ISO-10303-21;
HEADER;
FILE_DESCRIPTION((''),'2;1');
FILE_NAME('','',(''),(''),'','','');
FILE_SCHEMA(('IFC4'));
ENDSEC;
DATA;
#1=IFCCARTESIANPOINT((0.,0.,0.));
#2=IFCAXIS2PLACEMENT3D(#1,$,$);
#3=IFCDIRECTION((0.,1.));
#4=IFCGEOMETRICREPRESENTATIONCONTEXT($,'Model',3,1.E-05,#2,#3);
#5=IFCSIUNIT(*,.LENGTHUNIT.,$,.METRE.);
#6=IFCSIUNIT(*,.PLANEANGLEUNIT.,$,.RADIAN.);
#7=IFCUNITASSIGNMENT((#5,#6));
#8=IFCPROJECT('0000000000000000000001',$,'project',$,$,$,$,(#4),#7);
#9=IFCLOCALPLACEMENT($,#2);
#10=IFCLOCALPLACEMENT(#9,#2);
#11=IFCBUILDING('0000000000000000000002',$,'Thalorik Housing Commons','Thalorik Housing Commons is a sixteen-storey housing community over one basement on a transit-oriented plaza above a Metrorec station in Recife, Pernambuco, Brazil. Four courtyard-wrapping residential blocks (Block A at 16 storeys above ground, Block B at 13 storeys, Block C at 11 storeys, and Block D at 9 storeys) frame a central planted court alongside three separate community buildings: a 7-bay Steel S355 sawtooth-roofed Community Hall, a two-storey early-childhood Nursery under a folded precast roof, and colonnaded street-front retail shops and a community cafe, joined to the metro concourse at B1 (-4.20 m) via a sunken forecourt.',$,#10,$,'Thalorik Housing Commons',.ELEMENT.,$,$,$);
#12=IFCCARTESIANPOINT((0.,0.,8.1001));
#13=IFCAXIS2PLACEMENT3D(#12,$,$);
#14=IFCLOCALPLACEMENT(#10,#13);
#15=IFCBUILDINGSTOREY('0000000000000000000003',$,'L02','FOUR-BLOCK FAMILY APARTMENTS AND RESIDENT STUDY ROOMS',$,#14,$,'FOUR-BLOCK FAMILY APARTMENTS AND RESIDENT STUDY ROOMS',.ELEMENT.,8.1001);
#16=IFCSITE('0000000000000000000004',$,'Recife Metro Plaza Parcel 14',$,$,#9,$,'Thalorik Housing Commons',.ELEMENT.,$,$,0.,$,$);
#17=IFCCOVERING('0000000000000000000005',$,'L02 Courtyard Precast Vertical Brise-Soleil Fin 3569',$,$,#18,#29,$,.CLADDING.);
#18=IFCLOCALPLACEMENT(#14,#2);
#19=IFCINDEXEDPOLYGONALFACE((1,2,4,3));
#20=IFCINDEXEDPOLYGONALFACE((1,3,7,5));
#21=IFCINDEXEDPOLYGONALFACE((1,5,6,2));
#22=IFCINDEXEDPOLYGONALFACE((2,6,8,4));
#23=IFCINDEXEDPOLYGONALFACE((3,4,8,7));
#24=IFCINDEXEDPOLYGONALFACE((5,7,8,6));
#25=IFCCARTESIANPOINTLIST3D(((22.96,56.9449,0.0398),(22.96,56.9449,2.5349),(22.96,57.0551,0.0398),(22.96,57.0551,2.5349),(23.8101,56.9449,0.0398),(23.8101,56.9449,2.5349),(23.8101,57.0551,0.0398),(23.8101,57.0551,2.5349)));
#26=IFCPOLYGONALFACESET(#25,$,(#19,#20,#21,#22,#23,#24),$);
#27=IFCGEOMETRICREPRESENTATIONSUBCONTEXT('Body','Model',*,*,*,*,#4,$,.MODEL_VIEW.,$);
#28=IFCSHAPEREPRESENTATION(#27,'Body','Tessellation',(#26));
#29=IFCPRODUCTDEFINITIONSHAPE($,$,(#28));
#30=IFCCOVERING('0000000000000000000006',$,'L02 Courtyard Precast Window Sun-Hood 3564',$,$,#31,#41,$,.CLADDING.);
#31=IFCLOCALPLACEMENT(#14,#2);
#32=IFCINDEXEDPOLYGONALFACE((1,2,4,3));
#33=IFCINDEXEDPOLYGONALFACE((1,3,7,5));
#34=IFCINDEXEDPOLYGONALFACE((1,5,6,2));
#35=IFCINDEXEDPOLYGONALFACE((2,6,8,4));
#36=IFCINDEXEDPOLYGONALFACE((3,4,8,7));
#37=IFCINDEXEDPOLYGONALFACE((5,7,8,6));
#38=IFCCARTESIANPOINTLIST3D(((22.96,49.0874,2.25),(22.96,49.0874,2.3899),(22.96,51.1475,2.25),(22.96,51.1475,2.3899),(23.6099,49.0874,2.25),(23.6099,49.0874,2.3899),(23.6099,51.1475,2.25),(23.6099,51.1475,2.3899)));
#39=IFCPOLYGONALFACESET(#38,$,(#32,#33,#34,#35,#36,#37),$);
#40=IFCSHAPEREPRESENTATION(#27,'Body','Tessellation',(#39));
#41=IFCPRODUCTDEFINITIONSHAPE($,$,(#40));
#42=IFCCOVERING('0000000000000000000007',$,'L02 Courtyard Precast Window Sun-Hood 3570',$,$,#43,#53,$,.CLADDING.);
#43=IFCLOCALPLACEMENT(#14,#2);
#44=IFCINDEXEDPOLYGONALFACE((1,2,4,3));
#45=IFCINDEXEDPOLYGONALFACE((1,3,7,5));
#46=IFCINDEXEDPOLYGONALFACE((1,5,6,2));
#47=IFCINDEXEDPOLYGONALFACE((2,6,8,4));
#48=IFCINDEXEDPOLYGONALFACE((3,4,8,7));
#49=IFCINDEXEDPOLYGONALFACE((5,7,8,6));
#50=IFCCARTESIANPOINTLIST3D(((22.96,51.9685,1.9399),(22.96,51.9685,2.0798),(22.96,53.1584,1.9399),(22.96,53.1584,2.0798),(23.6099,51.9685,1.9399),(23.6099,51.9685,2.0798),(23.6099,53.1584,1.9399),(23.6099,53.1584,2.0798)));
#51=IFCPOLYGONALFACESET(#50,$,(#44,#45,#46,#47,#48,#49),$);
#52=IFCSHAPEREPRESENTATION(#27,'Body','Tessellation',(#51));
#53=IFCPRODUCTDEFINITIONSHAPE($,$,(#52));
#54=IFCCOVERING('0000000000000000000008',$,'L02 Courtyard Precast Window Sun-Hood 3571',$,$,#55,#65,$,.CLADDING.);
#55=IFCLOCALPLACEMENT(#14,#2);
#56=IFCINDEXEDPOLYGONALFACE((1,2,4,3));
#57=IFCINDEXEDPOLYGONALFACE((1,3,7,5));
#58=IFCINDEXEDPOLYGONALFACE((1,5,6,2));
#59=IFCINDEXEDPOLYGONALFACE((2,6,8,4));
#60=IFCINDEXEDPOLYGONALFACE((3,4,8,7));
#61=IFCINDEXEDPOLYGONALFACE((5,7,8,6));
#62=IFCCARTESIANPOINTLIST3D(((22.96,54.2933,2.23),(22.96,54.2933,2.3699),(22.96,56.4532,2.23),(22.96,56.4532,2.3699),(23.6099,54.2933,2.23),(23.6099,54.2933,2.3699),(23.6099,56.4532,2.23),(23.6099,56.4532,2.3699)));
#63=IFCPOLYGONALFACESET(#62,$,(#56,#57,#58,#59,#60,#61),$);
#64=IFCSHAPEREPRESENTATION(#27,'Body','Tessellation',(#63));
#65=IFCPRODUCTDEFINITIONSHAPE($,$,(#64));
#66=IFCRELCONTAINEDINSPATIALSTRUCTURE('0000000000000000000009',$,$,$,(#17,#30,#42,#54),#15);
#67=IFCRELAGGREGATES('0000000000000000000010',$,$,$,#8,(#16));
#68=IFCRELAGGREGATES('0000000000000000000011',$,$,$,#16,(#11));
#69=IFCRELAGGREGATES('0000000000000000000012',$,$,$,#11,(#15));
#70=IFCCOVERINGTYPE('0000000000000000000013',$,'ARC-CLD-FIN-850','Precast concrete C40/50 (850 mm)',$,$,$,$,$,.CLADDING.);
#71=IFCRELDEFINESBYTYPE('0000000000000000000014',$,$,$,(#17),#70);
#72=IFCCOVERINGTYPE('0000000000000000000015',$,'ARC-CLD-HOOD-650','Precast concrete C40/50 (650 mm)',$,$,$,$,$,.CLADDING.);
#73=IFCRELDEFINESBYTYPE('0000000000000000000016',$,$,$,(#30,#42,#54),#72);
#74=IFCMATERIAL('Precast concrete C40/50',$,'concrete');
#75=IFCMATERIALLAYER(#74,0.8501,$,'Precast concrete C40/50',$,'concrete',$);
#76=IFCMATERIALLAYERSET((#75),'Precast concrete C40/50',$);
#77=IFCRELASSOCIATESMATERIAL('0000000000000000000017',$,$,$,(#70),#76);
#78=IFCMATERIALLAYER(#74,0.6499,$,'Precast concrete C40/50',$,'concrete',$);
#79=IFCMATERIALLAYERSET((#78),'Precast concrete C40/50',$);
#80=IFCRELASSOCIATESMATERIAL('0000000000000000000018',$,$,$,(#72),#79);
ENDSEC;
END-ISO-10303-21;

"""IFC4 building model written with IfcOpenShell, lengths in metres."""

from ifc_helpers import new_model, si_unit, direction, frame, origin, origin_2d, place, context, subcontext, project, spatial, rectangle, extrude, material, layer, layer_set, type_object, element, save


model = new_model("IFC4")

# Units and contexts
model_context = context("Model", 3, precision=1e-05, world=origin(), true_north=direction((0.0, 1.0)))
body_context = subcontext(model_context, "Body", "Model", "MODEL_VIEW")
ifc_project = project(units=[si_unit("LENGTHUNIT", "METRE"), si_unit("PLANEANGLEUNIT", "RADIAN")], contexts=[model_context])

# Site, building, storey
site_placement = place(None, origin())
site = spatial("IfcSite", under=ifc_project, at=site_placement, Name="Recife Metro Plaza Parcel 14", LongName="Thalorik Housing Commons", CompositionType="ELEMENT", RefElevation=0.0)
building_placement = place(site_placement, origin())
building = spatial("IfcBuilding", under=site, at=building_placement, Name="Thalorik Housing Commons", Description="Thalorik Housing Commons is a sixteen-storey housing community over one basement on a transit-oriented plaza above a Metrorec station in Recife, Pernambuco, Brazil. Four courtyard-wrapping residential blocks (Block A at 16 storeys above ground, Block B at 13 storeys, Block C at 11 storeys, and Block D at 9 storeys) frame a central planted court alongside three separate community buildings: a 7-bay Steel S355 sawtooth-roofed Community Hall, a two-storey early-childhood Nursery under a folded precast roof, and colonnaded street-front retail shops and a community cafe, joined to the metro concourse at B1 (-4.20 m) via a sunken forecourt.", LongName="Thalorik Housing Commons", CompositionType="ELEMENT")
storey_placement = place(building_placement, frame((0.0, 0.0, 8.1001)))
storey = spatial("IfcBuildingStorey", under=building, at=storey_placement, Name="L02", Description="FOUR-BLOCK FAMILY APARTMENTS AND RESIDENT STUDY ROOMS", LongName="FOUR-BLOCK FAMILY APARTMENTS AND RESIDENT STUDY ROOMS", CompositionType="ELEMENT", Elevation=8.1001)

# Shared definitions
ifc_material_1 = material(Name="Precast concrete C40/50", Category="concrete")

# Coverings
ifc_layer_1 = layer(ifc_material_1, 0.8501, Name="Precast concrete C40/50", Category="concrete")
ifc_layer_set_1 = layer_set([ifc_layer_1], Name="Precast concrete C40/50")
covering_type_1 = type_object("IfcCoveringType", Name="ARC-CLD-FIN-850", Description="Precast concrete C40/50 (850 mm)", PredefinedType="CLADDING", material=ifc_layer_set_1)
for number, where, z_axis, x_axis, name in (
    (1, (23.385, 57.0, 0.0398), (0.0, 0.0, 1.0), (0.0, 1.0, 0.0), "L02 Courtyard Precast Vertical Brise-Soleil Fin 3569"),
):
    element("IfcCovering", number, at=place(storey_placement, frame(where, z_axis=z_axis, x_axis=x_axis)), inside=storey, type_object=covering_type_1, Name=name, PredefinedType="CLADDING", context=body_context, shape_type="SweptSolid", body=[
        extrude(rectangle(XDim=0.1101, YDim=0.8501, at=origin_2d()), origin(), (0.0, 0.0, 1.0), 2.4951),
    ])
ifc_layer_2 = layer(ifc_material_1, 0.6499, Name="Precast concrete C40/50", Category="concrete")
ifc_layer_set_2 = layer_set([ifc_layer_2], Name="Precast concrete C40/50")
covering_type_2 = type_object("IfcCoveringType", Name="ARC-CLD-HOOD-650", Description="Precast concrete C40/50 (650 mm)", PredefinedType="CLADDING", material=ifc_layer_set_2)
covering_1_placement = place(storey_placement, frame((23.2849, 50.1174, 2.25), z_axis=(0.0, 0.0, 1.0), x_axis=(0.0, 1.0, 0.0)))
element("IfcCovering", 2, at=covering_1_placement, inside=storey, type_object=covering_type_2, Name="L02 Courtyard Precast Window Sun-Hood 3564", PredefinedType="CLADDING", context=body_context, shape_type="SweptSolid", body=[
    extrude(rectangle(XDim=2.0601, YDim=0.6499, at=origin_2d()), origin(), (0.0, 0.0, 1.0), 0.1399),
])
covering_2_placement = place(storey_placement, frame((23.2849, 52.5635, 1.9399), z_axis=(0.0, 0.0, 1.0), x_axis=(0.0, 1.0, 0.0)))
element("IfcCovering", 3, at=covering_2_placement, inside=storey, type_object=covering_type_2, Name="L02 Courtyard Precast Window Sun-Hood 3570", PredefinedType="CLADDING", context=body_context, shape_type="SweptSolid", body=[
    extrude(rectangle(XDim=1.1899, YDim=0.6499, at=origin_2d()), origin(), (0.0, 0.0, 1.0), 0.1399),
])
covering_3_placement = place(storey_placement, frame((23.2849, 55.3733, 2.23), z_axis=(0.0, 0.0, 1.0), x_axis=(0.0, 1.0, 0.0)))
element("IfcCovering", 4, at=covering_3_placement, inside=storey, type_object=covering_type_2, Name="L02 Courtyard Precast Window Sun-Hood 3571", PredefinedType="CLADDING", context=body_context, shape_type="SweptSolid", body=[
    extrude(rectangle(XDim=2.1599, YDim=0.6499, at=origin_2d()), origin(), (0.0, 0.0, 1.0), 0.1399),
])

save(model, "model.ifc")
